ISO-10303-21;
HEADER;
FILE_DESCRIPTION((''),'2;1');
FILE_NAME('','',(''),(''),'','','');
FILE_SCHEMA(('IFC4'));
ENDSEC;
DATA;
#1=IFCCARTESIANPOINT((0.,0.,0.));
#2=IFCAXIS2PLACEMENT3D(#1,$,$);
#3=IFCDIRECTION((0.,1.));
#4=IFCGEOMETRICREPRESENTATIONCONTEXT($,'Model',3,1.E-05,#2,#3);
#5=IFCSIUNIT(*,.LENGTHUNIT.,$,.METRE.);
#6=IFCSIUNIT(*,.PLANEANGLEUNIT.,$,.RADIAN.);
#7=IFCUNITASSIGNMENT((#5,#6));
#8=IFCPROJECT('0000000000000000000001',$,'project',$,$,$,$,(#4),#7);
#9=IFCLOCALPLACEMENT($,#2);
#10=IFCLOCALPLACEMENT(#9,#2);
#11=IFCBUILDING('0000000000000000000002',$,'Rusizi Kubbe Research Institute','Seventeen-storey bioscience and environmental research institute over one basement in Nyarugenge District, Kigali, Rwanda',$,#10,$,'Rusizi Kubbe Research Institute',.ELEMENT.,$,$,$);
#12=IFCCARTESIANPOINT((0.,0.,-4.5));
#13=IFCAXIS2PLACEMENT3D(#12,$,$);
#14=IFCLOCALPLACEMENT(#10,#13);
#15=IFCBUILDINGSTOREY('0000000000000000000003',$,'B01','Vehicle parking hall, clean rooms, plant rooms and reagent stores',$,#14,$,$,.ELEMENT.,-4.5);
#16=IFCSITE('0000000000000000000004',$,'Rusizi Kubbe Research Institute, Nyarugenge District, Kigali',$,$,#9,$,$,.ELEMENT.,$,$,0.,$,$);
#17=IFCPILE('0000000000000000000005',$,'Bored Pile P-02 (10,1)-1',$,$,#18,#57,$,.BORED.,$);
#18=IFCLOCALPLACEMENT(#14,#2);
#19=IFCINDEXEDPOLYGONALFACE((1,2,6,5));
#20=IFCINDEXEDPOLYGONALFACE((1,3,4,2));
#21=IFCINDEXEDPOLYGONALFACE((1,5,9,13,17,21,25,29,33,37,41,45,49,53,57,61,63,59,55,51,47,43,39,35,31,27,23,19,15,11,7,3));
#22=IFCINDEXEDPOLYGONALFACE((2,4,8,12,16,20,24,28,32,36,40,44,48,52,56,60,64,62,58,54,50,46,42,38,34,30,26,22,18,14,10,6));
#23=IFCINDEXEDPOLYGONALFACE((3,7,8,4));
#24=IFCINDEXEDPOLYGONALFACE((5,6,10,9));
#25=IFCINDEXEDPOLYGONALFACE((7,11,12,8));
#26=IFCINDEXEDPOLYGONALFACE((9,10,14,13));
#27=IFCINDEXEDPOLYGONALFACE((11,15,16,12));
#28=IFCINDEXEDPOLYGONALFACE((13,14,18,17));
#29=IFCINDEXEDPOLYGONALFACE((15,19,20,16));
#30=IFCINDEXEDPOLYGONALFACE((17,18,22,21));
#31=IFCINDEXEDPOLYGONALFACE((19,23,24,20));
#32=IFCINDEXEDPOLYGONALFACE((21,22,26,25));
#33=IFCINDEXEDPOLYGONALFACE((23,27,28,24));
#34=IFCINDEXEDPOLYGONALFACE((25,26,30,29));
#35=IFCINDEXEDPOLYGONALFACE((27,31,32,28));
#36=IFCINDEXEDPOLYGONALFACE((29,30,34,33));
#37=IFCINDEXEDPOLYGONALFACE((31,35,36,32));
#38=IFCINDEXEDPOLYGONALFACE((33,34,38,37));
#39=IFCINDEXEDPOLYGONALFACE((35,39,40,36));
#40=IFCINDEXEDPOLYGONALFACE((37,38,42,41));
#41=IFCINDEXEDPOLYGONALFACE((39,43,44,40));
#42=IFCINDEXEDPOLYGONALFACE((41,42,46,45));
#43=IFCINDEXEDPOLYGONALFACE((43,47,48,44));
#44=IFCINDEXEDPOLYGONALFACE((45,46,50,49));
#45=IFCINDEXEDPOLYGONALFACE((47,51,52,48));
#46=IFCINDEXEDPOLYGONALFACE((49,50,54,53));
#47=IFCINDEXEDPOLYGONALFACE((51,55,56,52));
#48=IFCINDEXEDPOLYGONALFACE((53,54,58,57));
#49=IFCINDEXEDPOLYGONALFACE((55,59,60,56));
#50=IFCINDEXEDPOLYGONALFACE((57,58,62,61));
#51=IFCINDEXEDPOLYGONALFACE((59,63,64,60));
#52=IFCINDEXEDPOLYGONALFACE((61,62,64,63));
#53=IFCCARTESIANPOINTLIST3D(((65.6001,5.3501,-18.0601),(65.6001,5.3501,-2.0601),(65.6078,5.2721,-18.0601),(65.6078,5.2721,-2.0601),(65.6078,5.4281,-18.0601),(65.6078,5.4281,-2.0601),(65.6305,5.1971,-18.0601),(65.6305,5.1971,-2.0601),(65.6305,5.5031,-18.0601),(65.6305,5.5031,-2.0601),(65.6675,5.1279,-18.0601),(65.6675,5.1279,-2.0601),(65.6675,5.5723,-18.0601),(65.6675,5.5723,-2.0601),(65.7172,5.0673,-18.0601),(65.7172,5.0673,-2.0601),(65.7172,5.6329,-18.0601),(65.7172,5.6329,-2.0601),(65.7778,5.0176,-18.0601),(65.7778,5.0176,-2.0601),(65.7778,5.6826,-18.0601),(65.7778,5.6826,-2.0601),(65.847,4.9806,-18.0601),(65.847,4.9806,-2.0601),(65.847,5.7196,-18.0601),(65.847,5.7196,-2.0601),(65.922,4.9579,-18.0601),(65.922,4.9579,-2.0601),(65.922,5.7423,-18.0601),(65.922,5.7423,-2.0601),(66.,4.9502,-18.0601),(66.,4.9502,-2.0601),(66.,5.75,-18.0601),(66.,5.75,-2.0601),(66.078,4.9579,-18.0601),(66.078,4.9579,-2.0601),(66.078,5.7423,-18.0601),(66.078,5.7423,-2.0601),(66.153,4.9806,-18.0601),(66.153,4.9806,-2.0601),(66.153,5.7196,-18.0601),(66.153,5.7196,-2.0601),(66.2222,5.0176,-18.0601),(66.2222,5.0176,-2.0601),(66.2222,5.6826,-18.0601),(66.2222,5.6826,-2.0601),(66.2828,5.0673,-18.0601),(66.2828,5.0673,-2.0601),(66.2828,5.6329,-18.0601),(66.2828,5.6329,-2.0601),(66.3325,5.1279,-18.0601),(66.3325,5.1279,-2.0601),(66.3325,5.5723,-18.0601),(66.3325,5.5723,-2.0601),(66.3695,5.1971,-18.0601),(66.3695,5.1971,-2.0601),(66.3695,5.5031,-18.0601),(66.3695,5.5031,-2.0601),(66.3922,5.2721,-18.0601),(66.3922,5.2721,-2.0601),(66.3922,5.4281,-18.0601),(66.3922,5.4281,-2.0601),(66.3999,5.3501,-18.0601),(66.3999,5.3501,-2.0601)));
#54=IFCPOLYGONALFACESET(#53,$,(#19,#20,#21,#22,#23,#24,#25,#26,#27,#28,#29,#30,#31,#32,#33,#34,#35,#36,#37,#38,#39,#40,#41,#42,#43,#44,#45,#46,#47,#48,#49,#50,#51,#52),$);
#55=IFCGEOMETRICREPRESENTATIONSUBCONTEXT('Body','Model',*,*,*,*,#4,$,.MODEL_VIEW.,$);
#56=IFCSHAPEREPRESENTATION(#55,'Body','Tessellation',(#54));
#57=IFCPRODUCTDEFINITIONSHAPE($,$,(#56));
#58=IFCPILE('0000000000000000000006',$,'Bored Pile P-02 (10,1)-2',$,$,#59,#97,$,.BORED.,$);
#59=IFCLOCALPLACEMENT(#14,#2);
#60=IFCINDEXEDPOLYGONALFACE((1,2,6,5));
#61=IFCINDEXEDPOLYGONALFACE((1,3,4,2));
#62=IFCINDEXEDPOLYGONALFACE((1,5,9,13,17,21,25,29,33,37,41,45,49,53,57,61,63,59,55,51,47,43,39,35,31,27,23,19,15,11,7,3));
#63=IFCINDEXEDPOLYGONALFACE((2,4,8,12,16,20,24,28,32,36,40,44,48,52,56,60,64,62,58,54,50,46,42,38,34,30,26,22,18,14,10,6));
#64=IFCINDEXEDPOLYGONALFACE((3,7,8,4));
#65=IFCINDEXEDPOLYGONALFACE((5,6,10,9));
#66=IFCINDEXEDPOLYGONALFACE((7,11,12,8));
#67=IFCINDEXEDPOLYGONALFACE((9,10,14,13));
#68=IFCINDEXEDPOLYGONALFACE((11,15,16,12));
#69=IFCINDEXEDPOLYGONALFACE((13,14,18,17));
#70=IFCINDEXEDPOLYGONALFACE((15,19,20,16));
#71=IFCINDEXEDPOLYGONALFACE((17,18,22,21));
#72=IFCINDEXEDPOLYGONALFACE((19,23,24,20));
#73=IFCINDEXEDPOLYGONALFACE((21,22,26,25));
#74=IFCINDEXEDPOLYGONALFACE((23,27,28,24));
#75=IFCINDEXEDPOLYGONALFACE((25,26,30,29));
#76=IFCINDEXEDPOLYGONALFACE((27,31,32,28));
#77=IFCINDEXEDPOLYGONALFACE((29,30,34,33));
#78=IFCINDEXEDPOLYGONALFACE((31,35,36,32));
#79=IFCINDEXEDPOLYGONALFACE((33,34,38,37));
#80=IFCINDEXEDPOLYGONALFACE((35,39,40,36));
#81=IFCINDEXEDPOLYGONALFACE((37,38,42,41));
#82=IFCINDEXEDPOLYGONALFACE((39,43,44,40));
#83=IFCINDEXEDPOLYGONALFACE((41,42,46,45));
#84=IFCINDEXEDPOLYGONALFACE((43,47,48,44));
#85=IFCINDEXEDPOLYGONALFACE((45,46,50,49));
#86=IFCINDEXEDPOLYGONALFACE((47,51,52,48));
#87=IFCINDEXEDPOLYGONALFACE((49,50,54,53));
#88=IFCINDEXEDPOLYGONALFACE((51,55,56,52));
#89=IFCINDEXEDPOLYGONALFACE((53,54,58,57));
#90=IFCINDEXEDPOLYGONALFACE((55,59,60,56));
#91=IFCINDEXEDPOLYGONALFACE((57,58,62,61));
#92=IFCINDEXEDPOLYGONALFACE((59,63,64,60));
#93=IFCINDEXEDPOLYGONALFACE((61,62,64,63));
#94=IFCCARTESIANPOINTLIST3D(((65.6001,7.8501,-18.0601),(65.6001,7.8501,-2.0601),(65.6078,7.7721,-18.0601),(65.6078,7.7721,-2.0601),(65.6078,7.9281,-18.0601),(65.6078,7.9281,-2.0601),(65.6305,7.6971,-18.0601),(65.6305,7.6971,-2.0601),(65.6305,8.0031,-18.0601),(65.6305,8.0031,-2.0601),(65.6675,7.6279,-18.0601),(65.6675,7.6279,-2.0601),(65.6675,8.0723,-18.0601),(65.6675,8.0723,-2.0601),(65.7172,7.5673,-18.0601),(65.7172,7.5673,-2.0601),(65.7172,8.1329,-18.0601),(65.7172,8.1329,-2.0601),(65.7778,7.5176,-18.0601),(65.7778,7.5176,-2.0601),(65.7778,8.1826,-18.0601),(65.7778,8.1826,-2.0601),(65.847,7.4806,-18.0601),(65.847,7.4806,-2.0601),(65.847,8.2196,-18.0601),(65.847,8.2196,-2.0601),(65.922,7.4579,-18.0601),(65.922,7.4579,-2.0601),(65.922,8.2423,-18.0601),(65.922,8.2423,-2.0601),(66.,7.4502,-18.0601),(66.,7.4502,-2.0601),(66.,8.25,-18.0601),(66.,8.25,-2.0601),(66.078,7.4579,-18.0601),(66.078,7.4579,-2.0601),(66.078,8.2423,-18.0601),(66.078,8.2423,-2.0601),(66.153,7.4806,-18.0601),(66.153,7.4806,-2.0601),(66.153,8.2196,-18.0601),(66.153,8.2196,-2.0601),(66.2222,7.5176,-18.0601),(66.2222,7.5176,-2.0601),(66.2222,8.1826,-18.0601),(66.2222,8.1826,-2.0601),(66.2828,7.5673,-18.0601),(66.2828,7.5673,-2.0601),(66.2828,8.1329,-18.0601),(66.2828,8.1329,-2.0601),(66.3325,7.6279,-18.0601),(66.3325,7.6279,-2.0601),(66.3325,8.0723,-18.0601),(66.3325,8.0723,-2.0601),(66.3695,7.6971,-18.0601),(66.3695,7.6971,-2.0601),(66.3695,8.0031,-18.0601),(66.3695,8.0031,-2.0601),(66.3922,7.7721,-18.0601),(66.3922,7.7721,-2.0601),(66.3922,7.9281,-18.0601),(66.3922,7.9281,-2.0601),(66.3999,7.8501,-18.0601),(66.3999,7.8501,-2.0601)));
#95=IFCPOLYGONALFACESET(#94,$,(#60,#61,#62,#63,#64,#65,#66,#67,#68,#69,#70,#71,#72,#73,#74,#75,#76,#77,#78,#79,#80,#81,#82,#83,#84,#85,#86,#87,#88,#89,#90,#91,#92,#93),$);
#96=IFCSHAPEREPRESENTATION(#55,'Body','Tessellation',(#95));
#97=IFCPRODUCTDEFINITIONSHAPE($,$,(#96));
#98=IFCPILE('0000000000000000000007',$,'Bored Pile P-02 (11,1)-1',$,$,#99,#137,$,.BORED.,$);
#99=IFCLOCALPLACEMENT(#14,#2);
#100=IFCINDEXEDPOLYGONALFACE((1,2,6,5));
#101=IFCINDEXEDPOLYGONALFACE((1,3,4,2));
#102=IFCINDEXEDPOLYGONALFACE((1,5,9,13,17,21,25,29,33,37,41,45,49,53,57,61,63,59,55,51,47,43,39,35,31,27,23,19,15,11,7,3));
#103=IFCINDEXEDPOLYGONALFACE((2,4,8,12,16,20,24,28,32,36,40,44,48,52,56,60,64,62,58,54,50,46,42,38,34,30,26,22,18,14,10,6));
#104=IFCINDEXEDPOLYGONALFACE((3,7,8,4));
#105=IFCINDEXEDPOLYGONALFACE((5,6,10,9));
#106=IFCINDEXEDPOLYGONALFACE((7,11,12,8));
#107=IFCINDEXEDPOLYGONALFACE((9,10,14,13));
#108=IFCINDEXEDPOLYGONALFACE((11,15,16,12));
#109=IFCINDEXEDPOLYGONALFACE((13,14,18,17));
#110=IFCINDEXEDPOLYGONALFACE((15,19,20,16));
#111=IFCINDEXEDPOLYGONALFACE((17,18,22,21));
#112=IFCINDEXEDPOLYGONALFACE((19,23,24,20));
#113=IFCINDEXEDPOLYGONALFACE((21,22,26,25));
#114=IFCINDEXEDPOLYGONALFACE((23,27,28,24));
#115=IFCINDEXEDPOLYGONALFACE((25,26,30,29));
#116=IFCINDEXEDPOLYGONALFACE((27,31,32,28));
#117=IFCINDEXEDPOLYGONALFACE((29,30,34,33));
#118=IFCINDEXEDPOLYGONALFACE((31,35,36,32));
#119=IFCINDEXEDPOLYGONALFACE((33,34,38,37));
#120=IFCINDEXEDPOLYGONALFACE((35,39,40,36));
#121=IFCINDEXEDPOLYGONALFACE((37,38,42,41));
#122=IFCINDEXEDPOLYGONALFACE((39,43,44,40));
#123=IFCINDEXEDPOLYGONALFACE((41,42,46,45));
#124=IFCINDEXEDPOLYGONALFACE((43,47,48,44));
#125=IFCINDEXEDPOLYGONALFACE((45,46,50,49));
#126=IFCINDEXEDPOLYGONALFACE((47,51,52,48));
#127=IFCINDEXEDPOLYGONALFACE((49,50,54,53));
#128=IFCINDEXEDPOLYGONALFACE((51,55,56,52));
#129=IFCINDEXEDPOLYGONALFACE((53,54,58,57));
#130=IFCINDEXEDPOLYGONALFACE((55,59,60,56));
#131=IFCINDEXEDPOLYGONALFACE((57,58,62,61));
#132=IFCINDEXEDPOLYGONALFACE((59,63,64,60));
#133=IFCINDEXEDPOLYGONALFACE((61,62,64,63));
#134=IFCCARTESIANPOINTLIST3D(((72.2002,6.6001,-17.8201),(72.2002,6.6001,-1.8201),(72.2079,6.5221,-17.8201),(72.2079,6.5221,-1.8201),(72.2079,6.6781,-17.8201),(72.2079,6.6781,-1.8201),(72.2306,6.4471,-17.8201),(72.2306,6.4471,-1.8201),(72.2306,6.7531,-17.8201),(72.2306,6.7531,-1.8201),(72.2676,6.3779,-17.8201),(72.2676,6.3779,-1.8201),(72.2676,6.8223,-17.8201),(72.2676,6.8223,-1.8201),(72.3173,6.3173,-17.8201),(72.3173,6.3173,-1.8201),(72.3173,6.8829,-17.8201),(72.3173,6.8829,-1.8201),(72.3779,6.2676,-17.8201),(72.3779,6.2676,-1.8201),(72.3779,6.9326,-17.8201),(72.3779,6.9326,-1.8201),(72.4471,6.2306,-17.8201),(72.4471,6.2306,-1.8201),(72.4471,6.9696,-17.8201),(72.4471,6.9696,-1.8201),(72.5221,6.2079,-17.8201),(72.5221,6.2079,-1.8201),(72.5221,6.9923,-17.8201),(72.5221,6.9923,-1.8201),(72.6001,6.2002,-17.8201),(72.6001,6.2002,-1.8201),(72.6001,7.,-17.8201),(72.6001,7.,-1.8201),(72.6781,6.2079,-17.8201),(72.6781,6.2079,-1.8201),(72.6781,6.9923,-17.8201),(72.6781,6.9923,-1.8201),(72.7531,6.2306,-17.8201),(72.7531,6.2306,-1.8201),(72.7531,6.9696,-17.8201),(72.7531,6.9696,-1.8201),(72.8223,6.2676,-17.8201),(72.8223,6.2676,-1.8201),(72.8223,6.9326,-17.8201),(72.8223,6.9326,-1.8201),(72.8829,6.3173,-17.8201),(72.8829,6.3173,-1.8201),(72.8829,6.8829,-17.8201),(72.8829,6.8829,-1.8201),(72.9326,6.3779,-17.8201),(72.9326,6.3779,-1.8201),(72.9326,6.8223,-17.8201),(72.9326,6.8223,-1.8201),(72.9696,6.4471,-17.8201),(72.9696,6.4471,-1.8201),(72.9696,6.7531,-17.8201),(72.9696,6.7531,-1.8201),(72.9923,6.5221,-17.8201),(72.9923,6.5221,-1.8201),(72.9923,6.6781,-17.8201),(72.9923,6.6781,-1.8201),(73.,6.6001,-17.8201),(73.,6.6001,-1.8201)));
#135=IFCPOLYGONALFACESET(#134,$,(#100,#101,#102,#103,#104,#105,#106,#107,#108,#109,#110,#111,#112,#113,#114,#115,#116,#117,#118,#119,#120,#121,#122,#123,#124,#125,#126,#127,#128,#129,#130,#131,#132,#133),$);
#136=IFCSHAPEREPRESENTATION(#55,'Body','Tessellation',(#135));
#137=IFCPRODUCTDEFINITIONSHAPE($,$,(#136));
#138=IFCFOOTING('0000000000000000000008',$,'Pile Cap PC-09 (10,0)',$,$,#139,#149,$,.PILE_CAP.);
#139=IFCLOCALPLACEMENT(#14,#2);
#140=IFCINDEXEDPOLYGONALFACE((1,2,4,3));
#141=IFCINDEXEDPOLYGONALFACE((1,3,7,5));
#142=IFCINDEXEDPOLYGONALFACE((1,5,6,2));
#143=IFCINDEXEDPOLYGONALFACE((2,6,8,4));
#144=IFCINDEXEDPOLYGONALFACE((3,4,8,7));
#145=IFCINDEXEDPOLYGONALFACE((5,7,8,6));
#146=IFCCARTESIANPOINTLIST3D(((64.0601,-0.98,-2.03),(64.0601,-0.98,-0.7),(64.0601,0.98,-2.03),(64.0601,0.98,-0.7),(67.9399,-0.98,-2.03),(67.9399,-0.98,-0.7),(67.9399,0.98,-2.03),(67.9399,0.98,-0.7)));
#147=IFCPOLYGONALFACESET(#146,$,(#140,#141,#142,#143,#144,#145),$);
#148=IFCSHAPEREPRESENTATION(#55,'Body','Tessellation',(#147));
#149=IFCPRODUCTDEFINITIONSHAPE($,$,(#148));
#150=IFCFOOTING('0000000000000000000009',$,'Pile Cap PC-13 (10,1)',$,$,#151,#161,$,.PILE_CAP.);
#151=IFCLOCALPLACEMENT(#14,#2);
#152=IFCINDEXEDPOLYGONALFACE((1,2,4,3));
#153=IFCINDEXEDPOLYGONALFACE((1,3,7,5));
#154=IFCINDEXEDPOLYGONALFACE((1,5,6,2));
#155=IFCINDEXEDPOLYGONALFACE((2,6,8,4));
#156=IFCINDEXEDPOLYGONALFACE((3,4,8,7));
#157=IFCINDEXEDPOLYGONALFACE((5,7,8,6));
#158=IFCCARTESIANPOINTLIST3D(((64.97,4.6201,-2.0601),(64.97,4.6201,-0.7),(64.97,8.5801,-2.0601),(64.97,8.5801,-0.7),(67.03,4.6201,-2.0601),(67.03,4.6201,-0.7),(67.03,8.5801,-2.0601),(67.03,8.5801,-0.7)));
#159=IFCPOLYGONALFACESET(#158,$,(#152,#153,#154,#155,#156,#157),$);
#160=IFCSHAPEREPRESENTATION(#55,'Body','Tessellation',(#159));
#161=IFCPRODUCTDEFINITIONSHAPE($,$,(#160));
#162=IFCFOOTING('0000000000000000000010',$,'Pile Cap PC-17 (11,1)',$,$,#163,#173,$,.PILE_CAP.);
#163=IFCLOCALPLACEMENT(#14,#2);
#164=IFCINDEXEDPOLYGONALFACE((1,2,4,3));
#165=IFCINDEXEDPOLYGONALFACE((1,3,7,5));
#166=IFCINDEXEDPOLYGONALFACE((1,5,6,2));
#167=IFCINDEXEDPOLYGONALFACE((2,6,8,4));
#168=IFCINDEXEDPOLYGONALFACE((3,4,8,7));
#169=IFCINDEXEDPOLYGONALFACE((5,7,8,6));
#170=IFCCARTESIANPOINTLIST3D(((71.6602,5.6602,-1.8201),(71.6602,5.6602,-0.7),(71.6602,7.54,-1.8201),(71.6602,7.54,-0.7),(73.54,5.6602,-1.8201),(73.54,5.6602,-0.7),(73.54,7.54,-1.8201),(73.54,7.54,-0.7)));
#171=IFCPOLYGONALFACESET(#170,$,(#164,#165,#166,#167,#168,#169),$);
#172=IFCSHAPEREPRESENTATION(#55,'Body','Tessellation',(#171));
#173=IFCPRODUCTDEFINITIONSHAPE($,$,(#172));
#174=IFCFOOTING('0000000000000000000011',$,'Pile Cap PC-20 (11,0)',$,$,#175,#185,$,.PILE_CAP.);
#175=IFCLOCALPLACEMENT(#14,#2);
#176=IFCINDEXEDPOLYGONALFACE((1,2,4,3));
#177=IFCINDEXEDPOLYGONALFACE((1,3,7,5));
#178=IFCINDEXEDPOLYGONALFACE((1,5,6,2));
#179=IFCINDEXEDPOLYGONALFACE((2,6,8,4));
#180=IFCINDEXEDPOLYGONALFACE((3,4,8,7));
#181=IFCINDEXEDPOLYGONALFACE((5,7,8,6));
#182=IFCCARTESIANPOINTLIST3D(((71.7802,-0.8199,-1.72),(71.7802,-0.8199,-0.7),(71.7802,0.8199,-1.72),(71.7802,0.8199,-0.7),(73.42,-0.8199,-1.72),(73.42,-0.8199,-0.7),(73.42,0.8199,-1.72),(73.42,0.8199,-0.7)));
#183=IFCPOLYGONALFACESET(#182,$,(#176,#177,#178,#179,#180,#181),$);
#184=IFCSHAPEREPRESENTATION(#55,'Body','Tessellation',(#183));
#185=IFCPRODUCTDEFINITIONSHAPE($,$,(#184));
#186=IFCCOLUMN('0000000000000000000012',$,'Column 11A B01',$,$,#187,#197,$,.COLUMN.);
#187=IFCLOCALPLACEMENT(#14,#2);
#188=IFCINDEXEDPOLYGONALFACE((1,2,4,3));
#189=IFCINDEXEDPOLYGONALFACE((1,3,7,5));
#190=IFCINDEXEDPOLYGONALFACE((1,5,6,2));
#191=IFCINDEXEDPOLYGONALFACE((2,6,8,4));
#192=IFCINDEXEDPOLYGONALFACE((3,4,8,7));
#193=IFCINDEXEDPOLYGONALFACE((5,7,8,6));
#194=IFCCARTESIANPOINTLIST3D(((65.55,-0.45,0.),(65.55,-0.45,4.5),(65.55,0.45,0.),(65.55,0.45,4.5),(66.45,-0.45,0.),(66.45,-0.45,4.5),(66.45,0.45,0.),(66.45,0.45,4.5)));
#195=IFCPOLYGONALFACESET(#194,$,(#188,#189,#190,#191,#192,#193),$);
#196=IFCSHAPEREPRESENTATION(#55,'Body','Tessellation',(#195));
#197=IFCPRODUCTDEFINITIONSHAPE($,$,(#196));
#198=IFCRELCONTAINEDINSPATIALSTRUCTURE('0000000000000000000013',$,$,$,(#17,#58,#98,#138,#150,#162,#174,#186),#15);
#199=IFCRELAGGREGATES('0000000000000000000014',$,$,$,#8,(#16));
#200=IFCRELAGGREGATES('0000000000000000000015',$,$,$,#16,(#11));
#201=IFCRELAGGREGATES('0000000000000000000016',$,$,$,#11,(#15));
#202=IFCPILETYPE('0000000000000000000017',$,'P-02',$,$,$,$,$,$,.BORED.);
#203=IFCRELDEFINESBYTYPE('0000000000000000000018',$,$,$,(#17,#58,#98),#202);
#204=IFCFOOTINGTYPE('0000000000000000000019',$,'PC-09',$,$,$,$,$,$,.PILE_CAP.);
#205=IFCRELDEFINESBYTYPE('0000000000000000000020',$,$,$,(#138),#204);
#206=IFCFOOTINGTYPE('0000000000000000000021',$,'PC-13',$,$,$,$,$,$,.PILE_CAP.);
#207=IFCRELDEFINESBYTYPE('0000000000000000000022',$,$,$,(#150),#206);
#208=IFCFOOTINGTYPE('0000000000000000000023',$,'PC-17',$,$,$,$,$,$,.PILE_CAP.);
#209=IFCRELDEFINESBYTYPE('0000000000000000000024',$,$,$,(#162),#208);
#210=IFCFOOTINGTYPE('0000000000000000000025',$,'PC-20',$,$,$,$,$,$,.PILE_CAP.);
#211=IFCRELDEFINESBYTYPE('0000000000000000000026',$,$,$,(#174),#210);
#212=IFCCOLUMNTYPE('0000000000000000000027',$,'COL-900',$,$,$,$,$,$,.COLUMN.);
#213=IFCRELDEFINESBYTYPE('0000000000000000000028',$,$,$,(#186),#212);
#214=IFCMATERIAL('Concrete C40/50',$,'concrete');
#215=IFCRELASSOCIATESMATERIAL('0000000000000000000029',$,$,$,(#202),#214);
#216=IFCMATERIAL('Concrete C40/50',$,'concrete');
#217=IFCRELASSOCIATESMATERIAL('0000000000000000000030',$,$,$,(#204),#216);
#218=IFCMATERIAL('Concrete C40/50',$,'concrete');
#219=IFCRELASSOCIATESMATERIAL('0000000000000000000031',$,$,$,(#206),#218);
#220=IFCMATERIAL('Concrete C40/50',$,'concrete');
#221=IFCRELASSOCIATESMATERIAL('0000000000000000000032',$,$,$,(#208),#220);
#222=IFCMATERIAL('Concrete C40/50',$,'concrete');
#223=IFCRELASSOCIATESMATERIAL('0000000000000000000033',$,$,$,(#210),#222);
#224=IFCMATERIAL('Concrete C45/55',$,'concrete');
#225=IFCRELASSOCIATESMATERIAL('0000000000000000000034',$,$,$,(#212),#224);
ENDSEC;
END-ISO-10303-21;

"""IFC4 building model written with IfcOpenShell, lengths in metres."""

from ifc_helpers import new_model, si_unit, direction, frame, origin, origin_2d, place, context, subcontext, project, spatial, rectangle, circle, extrude, material, material_profile, profile_set, type_object, element, save


model = new_model("IFC4")

# Units and contexts
model_context = context("Model", 3, precision=1e-05, world=origin(), true_north=direction((0.0, 1.0)))
body_context = subcontext(model_context, "Body", "Model", "MODEL_VIEW")
ifc_project = project(units=[si_unit("LENGTHUNIT", "METRE"), si_unit("PLANEANGLEUNIT", "RADIAN")], contexts=[model_context])

# Site, building, storey
site_placement = place(None, origin())
site = spatial("IfcSite", under=ifc_project, at=site_placement, Name="Rusizi Kubbe Research Institute, Nyarugenge District, Kigali", CompositionType="ELEMENT", RefElevation=0.0)
building_placement = place(site_placement, origin())
building = spatial("IfcBuilding", under=site, at=building_placement, Name="Rusizi Kubbe Research Institute", Description="Seventeen-storey bioscience and environmental research institute over one basement in Nyarugenge District, Kigali, Rwanda", LongName="Rusizi Kubbe Research Institute", CompositionType="ELEMENT")
storey_placement = place(building_placement, frame((0.0, 0.0, -4.5)))
storey = spatial("IfcBuildingStorey", under=building, at=storey_placement, Name="B01", Description="Vehicle parking hall, clean rooms, plant rooms and reagent stores", CompositionType="ELEMENT", Elevation=-4.5)

# Piles
ifc_material_1 = material(Name="Concrete C40/50", Category="concrete")
ifc_material_profile_1 = material_profile(ifc_material_1, circle(Radius=0.3999, at=origin_2d()), Name="PILE-D800")
ifc_profile_set_1 = profile_set([ifc_material_profile_1], Name="Concrete C40/50")
pile_type_1 = type_object("IfcPileType", Name="P-02", PredefinedType="BORED", material=ifc_profile_set_1)
for number, where, z_axis, x_axis, name in (
    (1, (66.0, 5.3501, -2.0601), (0.0, 0.0, -1.0), (1.0, 0.0, 0.0), "Bored Pile P-02 (10,1)-1"),
    (2, (66.0, 7.8501, -2.0601), (0.0, 0.0, -1.0), (1.0, 0.0, 0.0), "Bored Pile P-02 (10,1)-2"),
    (3, (72.6001, 6.6001, -1.8201), (0.0, 0.0, -1.0), (1.0, 0.0, 0.0), "Bored Pile P-02 (11,1)-1"),
):
    element("IfcPile", number, at=place(storey_placement, frame(where, z_axis=z_axis, x_axis=x_axis)), inside=storey, type_object=pile_type_1, Name=name, PredefinedType="BORED", context=body_context, shape_type="SweptSolid", body=[
        extrude(circle(Radius=0.3999, at=origin_2d()), origin(), (0.0, 0.0, 1.0), 16.0),
    ])

# Footings
ifc_material_2 = material(Name="Concrete C40/50", Category="concrete")
footing_type_1 = type_object("IfcFootingType", Name="PC-09", PredefinedType="PILE_CAP", material=ifc_material_2)
footing_1_placement = place(storey_placement, frame((66.0, 0.0, -2.03), z_axis=(0.0, 0.0, 1.0), x_axis=(1.0, 0.0, 0.0)))
element("IfcFooting", 4, at=footing_1_placement, inside=storey, type_object=footing_type_1, Name="Pile Cap PC-09 (10,0)", PredefinedType="PILE_CAP", context=body_context, shape_type="SweptSolid", body=[
    extrude(rectangle(XDim=3.8799, YDim=1.96, at=origin_2d()), origin(), (0.0, 0.0, 1.0), 1.3301),
])
ifc_material_3 = material(Name="Concrete C40/50", Category="concrete")
footing_type_2 = type_object("IfcFootingType", Name="PC-13", PredefinedType="PILE_CAP", material=ifc_material_3)
footing_2_placement = place(storey_placement, frame((66.0, 6.6001, -2.0601), z_axis=(0.0, 0.0, 1.0), x_axis=(1.0, 0.0, 0.0)))
element("IfcFooting", 5, at=footing_2_placement, inside=storey, type_object=footing_type_2, Name="Pile Cap PC-13 (10,1)", PredefinedType="PILE_CAP", context=body_context, shape_type="SweptSolid", body=[
    extrude(rectangle(XDim=2.0601, YDim=3.96, at=origin_2d()), origin(), (0.0, 0.0, 1.0), 1.3601),
])
ifc_material_4 = material(Name="Concrete C40/50", Category="concrete")
footing_type_3 = type_object("IfcFootingType", Name="PC-17", PredefinedType="PILE_CAP", material=ifc_material_4)
footing_3_placement = place(storey_placement, frame((72.6001, 6.6001, -1.8201), z_axis=(0.0, 0.0, 1.0), x_axis=(1.0, 0.0, 0.0)))
element("IfcFooting", 6, at=footing_3_placement, inside=storey, type_object=footing_type_3, Name="Pile Cap PC-17 (11,1)", PredefinedType="PILE_CAP", context=body_context, shape_type="SweptSolid", body=[
    extrude(rectangle(XDim=1.8799, YDim=1.8799, at=origin_2d()), origin(), (0.0, 0.0, 1.0), 1.1201),
])
ifc_material_5 = material(Name="Concrete C40/50", Category="concrete")
footing_type_4 = type_object("IfcFootingType", Name="PC-20", PredefinedType="PILE_CAP", material=ifc_material_5)
footing_4_placement = place(storey_placement, frame((72.6001, 0.0, -1.72), z_axis=(0.0, 0.0, 1.0), x_axis=(1.0, 0.0, 0.0)))
element("IfcFooting", 7, at=footing_4_placement, inside=storey, type_object=footing_type_4, Name="Pile Cap PC-20 (11,0)", PredefinedType="PILE_CAP", context=body_context, shape_type="SweptSolid", body=[
    extrude(rectangle(XDim=1.6399, YDim=1.6399, at=origin_2d()), origin(), (0.0, 0.0, 1.0), 1.02),
])

# Column
ifc_material_6 = material(Name="Concrete C45/55", Category="concrete")
ifc_material_profile_2 = material_profile(ifc_material_6, rectangle(XDim=0.8999, YDim=0.8999, at=origin_2d()), Name="RC900x900")
ifc_profile_set_2 = profile_set([ifc_material_profile_2], Name="Concrete C45/55")
column_type = type_object("IfcColumnType", Name="COL-900", PredefinedType="COLUMN", material=ifc_profile_set_2)
for number, where, z_axis, x_axis, name in (
    (8, (66.0, 0.0, 0.0), (0.0, 0.0, 1.0), (1.0, 0.0, 0.0), "Column 11A B01"),
):
    element("IfcColumn", number, at=place(storey_placement, frame(where, z_axis=z_axis, x_axis=x_axis)), inside=storey, type_object=column_type, Name=name, PredefinedType="COLUMN", context=body_context, shape_type="SweptSolid", body=[
        extrude(rectangle(XDim=0.8999, YDim=0.8999, at=origin_2d()), origin(), (0.0, 0.0, 1.0), 4.5),
    ])

save(model, "model.ifc")
